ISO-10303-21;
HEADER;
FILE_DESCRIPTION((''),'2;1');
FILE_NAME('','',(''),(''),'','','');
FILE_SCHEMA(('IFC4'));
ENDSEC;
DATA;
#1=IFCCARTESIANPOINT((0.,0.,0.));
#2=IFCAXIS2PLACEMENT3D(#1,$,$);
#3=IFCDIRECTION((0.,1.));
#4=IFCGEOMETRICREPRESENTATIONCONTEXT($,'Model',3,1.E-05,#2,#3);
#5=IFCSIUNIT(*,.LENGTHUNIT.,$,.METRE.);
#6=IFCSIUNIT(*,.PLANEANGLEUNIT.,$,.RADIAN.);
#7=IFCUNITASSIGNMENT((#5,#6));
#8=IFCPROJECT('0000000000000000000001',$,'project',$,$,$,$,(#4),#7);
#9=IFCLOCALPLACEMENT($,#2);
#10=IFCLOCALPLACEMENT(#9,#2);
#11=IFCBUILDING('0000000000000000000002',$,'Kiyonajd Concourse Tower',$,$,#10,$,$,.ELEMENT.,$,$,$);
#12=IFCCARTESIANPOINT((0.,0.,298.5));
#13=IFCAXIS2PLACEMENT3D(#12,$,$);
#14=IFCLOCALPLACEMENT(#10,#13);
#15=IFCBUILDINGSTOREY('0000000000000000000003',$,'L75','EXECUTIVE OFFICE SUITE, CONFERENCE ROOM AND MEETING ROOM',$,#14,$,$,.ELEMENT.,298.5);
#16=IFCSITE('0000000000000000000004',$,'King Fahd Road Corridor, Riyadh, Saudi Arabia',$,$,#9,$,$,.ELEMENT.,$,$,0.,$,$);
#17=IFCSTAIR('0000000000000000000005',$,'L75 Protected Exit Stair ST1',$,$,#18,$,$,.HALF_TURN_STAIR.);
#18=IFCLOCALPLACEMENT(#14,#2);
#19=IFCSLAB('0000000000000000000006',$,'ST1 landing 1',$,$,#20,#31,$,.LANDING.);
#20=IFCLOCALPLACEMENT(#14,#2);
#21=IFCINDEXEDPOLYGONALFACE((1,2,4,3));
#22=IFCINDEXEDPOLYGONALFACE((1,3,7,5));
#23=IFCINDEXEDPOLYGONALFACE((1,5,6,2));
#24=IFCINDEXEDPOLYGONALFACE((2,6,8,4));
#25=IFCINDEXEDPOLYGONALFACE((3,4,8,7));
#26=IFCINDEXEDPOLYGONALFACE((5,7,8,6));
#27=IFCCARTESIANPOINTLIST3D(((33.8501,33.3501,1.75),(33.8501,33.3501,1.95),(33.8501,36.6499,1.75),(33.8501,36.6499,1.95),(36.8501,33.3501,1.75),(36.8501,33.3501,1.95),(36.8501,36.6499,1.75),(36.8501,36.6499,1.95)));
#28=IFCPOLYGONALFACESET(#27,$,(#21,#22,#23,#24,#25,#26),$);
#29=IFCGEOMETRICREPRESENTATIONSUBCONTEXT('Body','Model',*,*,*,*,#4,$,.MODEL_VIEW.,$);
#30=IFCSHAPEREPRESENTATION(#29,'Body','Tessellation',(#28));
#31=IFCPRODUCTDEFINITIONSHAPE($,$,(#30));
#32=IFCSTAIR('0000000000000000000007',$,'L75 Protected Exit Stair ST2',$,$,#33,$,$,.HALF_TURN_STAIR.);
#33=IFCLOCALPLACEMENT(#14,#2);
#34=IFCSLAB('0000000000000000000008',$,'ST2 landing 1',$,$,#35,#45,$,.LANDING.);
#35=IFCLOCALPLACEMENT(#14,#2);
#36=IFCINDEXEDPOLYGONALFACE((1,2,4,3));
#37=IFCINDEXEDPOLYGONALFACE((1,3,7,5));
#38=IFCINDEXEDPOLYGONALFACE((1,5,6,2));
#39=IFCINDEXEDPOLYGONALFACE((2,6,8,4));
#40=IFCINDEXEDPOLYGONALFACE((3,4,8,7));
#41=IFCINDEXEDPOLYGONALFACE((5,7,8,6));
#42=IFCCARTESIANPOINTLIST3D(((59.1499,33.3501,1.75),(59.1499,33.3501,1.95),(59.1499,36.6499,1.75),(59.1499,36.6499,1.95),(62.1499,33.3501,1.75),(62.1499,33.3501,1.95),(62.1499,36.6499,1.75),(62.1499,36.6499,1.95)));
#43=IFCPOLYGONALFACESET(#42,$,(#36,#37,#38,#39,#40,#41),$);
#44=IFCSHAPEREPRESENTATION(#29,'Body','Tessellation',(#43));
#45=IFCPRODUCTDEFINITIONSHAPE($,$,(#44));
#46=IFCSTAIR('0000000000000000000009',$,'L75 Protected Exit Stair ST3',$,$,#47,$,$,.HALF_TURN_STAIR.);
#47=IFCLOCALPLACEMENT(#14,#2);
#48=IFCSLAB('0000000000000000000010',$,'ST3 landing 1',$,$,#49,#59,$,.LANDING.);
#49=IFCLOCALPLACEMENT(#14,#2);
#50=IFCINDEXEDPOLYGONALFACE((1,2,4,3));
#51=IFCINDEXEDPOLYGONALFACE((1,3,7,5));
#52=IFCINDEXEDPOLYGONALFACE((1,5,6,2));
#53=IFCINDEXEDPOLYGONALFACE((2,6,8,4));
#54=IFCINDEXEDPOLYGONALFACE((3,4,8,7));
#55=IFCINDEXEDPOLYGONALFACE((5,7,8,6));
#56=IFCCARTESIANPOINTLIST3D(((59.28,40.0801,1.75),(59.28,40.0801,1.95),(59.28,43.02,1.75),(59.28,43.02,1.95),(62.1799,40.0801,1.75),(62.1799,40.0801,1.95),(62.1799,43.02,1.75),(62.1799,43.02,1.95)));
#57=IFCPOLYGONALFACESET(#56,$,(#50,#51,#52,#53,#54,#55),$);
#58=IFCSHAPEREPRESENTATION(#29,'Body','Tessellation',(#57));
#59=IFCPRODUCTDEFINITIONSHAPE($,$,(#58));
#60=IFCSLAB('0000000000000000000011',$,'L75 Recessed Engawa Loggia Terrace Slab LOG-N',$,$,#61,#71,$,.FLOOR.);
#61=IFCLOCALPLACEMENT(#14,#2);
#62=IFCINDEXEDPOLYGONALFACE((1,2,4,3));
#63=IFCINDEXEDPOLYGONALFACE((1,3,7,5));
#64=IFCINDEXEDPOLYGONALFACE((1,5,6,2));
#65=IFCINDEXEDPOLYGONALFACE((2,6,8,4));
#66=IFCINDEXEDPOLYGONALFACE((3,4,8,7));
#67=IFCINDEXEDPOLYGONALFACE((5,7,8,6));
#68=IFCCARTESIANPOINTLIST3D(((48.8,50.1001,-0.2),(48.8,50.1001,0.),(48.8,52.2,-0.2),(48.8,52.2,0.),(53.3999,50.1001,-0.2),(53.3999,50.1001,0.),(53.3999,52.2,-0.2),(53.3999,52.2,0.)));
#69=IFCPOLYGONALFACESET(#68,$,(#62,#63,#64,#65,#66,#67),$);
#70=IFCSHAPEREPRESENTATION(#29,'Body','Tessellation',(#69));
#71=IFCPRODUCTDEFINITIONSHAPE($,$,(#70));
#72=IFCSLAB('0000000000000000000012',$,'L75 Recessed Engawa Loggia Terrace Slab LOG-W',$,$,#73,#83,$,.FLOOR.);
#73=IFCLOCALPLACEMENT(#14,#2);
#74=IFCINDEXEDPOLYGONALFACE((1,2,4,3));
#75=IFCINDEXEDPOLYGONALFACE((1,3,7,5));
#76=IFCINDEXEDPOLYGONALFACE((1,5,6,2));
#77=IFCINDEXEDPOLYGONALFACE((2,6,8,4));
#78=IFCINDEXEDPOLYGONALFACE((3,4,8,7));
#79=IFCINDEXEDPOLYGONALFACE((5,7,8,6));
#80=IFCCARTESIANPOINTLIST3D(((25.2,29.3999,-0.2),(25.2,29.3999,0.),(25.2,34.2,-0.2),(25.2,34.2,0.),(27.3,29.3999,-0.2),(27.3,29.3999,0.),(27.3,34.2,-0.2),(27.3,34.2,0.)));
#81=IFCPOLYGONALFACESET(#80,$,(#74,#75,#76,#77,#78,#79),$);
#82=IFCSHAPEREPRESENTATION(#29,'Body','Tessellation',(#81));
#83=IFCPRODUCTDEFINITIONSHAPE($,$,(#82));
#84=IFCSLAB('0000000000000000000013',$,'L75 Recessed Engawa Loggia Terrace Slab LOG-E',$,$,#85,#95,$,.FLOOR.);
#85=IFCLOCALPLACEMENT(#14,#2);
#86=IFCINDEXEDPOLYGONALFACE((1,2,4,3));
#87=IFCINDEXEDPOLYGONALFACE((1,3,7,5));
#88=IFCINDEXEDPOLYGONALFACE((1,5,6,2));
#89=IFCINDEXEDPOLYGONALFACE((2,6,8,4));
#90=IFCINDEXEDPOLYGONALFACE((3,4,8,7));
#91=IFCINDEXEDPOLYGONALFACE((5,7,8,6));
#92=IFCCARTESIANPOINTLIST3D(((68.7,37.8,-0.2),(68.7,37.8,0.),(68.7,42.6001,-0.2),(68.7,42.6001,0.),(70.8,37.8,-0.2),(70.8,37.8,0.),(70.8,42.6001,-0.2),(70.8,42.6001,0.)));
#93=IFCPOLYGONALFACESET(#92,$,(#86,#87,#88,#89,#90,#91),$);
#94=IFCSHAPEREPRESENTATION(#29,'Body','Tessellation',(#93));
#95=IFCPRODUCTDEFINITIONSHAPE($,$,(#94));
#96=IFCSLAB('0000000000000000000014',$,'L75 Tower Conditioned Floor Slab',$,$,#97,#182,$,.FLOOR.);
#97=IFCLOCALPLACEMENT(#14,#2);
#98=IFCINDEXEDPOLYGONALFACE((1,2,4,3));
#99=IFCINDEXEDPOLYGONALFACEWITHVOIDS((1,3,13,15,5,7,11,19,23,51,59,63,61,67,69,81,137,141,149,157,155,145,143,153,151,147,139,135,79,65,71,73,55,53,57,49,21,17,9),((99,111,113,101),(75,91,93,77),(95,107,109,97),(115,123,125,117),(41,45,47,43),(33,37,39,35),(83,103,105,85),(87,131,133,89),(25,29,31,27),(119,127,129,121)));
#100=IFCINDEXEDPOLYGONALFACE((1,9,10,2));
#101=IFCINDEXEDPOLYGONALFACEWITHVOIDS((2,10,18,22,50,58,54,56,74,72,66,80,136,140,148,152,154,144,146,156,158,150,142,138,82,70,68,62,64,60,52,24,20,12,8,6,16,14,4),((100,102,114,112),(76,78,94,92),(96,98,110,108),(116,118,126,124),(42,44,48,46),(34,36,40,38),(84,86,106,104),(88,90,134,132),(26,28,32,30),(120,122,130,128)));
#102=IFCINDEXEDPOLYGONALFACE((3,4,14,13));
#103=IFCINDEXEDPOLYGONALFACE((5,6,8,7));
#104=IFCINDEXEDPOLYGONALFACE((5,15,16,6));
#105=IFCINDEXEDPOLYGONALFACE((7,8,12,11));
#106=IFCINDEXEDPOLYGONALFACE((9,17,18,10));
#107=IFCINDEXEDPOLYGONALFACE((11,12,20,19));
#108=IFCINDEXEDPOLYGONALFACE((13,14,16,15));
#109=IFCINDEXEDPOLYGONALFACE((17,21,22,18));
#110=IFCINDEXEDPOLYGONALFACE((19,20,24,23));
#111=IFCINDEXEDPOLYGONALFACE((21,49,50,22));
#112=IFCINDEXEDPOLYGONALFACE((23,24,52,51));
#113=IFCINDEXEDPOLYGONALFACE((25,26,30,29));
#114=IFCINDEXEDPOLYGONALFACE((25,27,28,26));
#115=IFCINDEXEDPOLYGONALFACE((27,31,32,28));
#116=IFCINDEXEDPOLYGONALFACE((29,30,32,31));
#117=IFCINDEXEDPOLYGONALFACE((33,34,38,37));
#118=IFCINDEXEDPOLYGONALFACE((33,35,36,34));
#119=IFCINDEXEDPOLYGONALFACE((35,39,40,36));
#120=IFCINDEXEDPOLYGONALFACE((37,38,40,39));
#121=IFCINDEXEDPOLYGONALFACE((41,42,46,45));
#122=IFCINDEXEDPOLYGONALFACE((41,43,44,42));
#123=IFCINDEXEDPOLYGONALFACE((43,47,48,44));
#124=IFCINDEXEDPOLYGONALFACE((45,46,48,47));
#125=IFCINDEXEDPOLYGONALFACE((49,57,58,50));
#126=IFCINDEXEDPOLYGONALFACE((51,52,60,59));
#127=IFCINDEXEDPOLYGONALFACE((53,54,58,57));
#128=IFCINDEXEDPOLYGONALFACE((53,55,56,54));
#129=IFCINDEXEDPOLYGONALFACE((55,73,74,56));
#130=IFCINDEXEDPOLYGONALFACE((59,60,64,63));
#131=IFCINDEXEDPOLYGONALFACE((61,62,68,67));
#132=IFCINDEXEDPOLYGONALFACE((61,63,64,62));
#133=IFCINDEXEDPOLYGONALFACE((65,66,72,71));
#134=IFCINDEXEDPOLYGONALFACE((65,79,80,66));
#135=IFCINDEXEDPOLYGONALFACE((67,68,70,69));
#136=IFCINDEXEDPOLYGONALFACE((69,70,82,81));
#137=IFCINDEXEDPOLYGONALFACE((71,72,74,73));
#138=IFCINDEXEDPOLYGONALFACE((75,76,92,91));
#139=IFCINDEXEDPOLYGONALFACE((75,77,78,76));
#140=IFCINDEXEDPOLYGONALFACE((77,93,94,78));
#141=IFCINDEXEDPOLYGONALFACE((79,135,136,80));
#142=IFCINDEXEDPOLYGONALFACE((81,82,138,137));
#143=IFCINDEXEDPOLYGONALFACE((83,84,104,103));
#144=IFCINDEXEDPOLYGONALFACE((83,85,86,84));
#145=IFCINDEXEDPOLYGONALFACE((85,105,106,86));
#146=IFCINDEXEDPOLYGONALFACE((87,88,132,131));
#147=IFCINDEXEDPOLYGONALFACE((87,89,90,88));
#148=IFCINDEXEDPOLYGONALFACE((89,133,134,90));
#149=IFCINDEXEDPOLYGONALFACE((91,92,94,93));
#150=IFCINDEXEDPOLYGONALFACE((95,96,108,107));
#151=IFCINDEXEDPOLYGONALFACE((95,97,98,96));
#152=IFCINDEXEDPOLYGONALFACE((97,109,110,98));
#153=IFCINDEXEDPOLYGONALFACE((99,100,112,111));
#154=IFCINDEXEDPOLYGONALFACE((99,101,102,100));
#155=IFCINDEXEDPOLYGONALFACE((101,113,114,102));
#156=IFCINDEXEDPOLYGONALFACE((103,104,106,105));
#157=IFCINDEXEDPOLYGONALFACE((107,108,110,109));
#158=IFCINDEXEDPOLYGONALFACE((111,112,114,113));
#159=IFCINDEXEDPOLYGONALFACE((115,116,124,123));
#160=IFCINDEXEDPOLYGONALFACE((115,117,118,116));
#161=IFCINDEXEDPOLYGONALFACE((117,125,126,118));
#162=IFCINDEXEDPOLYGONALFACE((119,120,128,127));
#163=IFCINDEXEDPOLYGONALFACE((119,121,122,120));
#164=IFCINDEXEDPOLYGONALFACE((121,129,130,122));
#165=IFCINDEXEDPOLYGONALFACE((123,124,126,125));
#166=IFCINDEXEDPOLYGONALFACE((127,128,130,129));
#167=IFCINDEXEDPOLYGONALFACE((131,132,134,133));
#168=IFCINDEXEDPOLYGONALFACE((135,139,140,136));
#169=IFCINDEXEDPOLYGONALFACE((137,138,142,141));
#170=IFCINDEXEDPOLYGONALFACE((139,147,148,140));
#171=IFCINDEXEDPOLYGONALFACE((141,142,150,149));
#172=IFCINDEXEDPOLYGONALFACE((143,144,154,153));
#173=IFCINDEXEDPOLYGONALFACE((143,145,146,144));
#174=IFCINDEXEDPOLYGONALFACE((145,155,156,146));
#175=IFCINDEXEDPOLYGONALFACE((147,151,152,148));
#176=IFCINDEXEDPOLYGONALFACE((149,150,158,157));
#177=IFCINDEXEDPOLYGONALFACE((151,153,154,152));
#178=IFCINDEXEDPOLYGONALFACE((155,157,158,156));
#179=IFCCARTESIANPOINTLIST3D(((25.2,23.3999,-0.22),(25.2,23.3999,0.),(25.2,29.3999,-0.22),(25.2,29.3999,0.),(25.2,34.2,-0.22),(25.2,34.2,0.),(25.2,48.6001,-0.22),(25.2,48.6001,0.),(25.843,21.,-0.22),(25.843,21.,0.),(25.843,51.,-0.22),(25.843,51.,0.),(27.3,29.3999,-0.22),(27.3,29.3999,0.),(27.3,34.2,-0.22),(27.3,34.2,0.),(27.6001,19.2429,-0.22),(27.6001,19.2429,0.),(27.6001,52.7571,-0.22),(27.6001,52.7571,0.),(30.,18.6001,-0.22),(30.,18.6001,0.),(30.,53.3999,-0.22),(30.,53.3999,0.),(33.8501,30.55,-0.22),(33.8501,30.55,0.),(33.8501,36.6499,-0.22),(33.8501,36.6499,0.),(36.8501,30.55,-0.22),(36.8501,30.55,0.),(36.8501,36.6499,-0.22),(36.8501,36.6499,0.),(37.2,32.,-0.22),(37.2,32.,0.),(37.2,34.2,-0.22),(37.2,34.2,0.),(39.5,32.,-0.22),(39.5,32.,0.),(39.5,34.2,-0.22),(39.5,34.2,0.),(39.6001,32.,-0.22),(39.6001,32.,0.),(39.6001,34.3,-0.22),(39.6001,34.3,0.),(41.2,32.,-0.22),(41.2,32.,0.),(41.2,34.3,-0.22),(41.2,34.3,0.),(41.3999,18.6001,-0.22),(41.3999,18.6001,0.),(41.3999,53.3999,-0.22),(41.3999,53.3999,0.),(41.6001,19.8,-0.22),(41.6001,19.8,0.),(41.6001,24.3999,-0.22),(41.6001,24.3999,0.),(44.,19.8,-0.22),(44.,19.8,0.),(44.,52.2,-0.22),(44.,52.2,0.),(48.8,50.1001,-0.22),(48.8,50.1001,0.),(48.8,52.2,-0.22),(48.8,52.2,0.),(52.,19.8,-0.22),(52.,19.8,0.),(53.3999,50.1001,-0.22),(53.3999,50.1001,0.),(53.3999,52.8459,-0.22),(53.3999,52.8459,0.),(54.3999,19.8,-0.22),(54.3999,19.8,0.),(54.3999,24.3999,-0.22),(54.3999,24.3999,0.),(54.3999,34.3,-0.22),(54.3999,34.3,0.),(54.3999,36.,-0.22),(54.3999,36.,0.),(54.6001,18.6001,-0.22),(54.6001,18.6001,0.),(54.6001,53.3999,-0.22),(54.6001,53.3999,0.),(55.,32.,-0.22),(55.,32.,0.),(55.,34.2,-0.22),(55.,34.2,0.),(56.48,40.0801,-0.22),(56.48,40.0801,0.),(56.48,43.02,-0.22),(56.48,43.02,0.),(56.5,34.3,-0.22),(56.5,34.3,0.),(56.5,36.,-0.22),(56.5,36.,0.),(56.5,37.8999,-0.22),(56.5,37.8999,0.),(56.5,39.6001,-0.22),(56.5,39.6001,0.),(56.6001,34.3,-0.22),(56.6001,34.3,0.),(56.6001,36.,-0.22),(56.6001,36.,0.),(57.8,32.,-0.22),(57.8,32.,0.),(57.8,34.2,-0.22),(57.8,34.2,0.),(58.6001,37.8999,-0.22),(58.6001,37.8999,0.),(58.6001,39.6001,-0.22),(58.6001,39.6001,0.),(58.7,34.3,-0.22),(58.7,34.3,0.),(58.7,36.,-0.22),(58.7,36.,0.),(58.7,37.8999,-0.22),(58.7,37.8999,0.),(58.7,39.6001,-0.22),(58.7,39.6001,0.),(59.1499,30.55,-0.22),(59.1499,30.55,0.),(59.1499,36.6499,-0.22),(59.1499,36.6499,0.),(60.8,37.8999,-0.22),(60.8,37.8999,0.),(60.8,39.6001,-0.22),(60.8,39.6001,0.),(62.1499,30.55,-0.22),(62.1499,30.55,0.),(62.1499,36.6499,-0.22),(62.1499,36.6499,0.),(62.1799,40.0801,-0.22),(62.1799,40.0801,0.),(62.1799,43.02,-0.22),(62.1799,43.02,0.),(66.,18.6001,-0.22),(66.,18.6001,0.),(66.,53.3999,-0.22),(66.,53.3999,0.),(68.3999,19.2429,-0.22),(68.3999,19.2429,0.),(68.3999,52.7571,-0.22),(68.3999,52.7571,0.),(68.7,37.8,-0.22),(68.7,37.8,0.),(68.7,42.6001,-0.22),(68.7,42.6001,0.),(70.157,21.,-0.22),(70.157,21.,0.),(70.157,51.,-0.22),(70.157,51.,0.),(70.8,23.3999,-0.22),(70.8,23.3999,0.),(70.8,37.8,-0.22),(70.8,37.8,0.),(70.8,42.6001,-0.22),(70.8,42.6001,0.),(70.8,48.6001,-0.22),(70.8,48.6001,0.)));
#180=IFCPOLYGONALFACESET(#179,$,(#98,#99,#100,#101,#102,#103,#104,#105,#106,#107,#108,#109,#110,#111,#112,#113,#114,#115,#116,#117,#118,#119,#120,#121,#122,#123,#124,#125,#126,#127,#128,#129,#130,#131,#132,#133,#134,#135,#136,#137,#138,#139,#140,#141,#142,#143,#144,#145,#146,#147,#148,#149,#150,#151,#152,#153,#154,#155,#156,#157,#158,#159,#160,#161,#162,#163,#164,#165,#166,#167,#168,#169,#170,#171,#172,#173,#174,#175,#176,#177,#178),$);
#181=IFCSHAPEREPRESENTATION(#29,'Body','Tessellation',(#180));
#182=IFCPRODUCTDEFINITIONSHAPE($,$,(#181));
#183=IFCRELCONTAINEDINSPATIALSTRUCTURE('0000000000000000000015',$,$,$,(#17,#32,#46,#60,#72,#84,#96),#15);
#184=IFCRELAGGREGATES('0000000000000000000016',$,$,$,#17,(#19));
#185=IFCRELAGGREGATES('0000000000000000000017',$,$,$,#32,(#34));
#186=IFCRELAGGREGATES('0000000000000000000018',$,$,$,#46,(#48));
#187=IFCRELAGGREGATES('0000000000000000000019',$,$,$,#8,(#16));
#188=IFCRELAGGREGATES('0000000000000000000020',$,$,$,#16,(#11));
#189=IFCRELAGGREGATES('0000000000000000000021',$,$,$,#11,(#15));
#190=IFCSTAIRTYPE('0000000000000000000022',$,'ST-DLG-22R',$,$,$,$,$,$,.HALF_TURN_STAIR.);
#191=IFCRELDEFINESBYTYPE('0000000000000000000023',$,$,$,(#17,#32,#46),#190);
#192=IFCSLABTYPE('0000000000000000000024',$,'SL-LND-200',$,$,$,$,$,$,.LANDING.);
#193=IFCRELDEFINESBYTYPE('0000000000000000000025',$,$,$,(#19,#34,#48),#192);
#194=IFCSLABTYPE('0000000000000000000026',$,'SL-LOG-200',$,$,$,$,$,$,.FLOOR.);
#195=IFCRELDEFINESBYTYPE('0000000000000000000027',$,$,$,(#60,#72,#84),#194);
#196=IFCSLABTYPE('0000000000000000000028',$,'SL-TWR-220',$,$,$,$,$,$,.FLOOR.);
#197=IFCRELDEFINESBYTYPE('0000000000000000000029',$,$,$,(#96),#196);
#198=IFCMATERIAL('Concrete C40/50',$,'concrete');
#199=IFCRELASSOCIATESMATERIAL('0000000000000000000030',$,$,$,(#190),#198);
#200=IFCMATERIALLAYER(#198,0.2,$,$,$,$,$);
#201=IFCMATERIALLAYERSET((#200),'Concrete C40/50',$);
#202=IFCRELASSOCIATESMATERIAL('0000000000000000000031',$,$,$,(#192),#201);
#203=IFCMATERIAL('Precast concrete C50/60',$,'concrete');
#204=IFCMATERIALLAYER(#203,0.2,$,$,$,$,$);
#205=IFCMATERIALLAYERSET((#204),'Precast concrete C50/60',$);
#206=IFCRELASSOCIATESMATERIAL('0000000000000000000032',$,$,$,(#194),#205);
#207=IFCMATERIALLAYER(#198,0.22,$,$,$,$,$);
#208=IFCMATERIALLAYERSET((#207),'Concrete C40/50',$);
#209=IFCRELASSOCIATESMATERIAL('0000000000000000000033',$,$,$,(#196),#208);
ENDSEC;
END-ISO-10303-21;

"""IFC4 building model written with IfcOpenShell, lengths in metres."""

from ifc_helpers import new_model, si_unit, direction, frame, origin, place, context, subcontext, project, spatial, polyline, outline, extrude, material, layer, layer_set, type_object, element, aggregate, save


model = new_model("IFC4")

# Units and contexts
model_context = context("Model", 3, precision=1e-05, world=origin(), true_north=direction((0.0, 1.0)))
body_context = subcontext(model_context, "Body", "Model", "MODEL_VIEW")
ifc_project = project(units=[si_unit("LENGTHUNIT", "METRE"), si_unit("PLANEANGLEUNIT", "RADIAN")], contexts=[model_context])

# Site, building, storey
site_placement = place(None, origin())
site = spatial("IfcSite", under=ifc_project, at=site_placement, Name="King Fahd Road Corridor, Riyadh, Saudi Arabia", CompositionType="ELEMENT", RefElevation=0.0)
building_placement = place(site_placement, origin())
building = spatial("IfcBuilding", under=site, at=building_placement, Name="Kiyonajd Concourse Tower", CompositionType="ELEMENT")
storey_placement = place(building_placement, frame((0.0, 0.0, 298.5)))
storey = spatial("IfcBuildingStorey", under=building, at=storey_placement, Name="L75", Description="EXECUTIVE OFFICE SUITE, CONFERENCE ROOM AND MEETING ROOM", CompositionType="ELEMENT", Elevation=298.5)

# Stairs, slabs
ifc_material_1 = material(Name="Concrete C40/50", Category="concrete")
stair_type = type_object("IfcStairType", Name="ST-DLG-22R", PredefinedType="HALF_TURN_STAIR", material=ifc_material_1)
stair_1_placement = place(storey_placement, origin())
stair_1 = element("IfcStair", 1, at=stair_1_placement, inside=storey, type_object=stair_type, Name="L75 Protected Exit Stair ST1", PredefinedType="HALF_TURN_STAIR")
ifc_layer_1 = layer(ifc_material_1, 0.2)
ifc_layer_set_1 = layer_set([ifc_layer_1], Name="Concrete C40/50")
slab_type_1 = type_object("IfcSlabType", Name="SL-LND-200", PredefinedType="LANDING", material=ifc_layer_set_1)
slab_1_placement = place(storey_placement, frame((0.0, 0.0, 1.75)))
slab_1 = element("IfcSlab", 2, at=slab_1_placement, type_object=slab_type_1, Name="ST1 landing 1", PredefinedType="LANDING", context=body_context, shape_type="SweptSolid", body=[
    extrude(outline(polyline([(36.8501, 33.3501), (36.8501, 36.6499), (33.8501, 36.6499), (33.8501, 33.3501), (36.8501, 33.3501)])), origin(), (0.0, 0.0, 1.0), 0.2),
])
aggregate(stair_1, [slab_1])
stair_2_placement = place(storey_placement, origin())
stair_2 = element("IfcStair", 3, at=stair_2_placement, inside=storey, type_object=stair_type, Name="L75 Protected Exit Stair ST2", PredefinedType="HALF_TURN_STAIR")
slab_2_placement = place(storey_placement, frame((0.0, 0.0, 1.75)))
slab_2 = element("IfcSlab", 4, at=slab_2_placement, type_object=slab_type_1, Name="ST2 landing 1", PredefinedType="LANDING", context=body_context, shape_type="SweptSolid", body=[
    extrude(outline(polyline([(62.1499, 33.3501), (62.1499, 36.6499), (59.1499, 36.6499), (59.1499, 33.3501), (62.1499, 33.3501)])), origin(), (0.0, 0.0, 1.0), 0.2),
])
aggregate(stair_2, [slab_2])
stair_3_placement = place(storey_placement, origin())
stair_3 = element("IfcStair", 5, at=stair_3_placement, inside=storey, type_object=stair_type, Name="L75 Protected Exit Stair ST3", PredefinedType="HALF_TURN_STAIR")
slab_3_placement = place(storey_placement, frame((0.0, 0.0, 1.75)))
slab_3 = element("IfcSlab", 6, at=slab_3_placement, type_object=slab_type_1, Name="ST3 landing 1", PredefinedType="LANDING", context=body_context, shape_type="SweptSolid", body=[
    extrude(outline(polyline([(59.28, 40.0801), (62.1799, 40.0801), (62.1799, 43.02), (59.28, 43.02), (59.28, 40.0801)])), origin(), (0.0, 0.0, 1.0), 0.2),
])
aggregate(stair_3, [slab_3])

# Slabs
ifc_material_2 = material(Name="Precast concrete C50/60", Category="concrete")
ifc_layer_2 = layer(ifc_material_2, 0.2)
ifc_layer_set_2 = layer_set([ifc_layer_2], Name="Precast concrete C50/60")
slab_type_2 = type_object("IfcSlabType", Name="SL-LOG-200", PredefinedType="FLOOR", material=ifc_layer_set_2)
slab_4_placement = place(storey_placement, frame((0.0, 0.0, -0.2)))
element("IfcSlab", 7, at=slab_4_placement, inside=storey, type_object=slab_type_2, Name="L75 Recessed Engawa Loggia Terrace Slab LOG-N", PredefinedType="FLOOR", context=body_context, shape_type="SweptSolid", body=[
    extrude(outline(polyline([(48.8, 50.1001), (53.3999, 50.1001), (53.3999, 52.2), (48.8, 52.2), (48.8, 50.1001)])), origin(), (0.0, 0.0, 1.0), 0.2),
])
slab_5_placement = place(storey_placement, frame((0.0, 0.0, -0.2)))
element("IfcSlab", 8, at=slab_5_placement, inside=storey, type_object=slab_type_2, Name="L75 Recessed Engawa Loggia Terrace Slab LOG-W", PredefinedType="FLOOR", context=body_context, shape_type="SweptSolid", body=[
    extrude(outline(polyline([(25.2, 29.3999), (27.3, 29.3999), (27.3, 34.2), (25.2, 34.2), (25.2, 29.3999)])), origin(), (0.0, 0.0, 1.0), 0.2),
])
slab_6_placement = place(storey_placement, frame((0.0, 0.0, -0.2)))
element("IfcSlab", 9, at=slab_6_placement, inside=storey, type_object=slab_type_2, Name="L75 Recessed Engawa Loggia Terrace Slab LOG-E", PredefinedType="FLOOR", context=body_context, shape_type="SweptSolid", body=[
    extrude(outline(polyline([(68.7, 37.8), (70.8, 37.8), (70.8, 42.6001), (68.7, 42.6001), (68.7, 37.8)])), origin(), (0.0, 0.0, 1.0), 0.2),
])
ifc_layer_3 = layer(ifc_material_1, 0.22)
ifc_layer_set_3 = layer_set([ifc_layer_3], Name="Concrete C40/50")
slab_type_3 = type_object("IfcSlabType", Name="SL-TWR-220", PredefinedType="FLOOR", material=ifc_layer_set_3)
slab_7_placement = place(storey_placement, frame((0.0, 0.0, -0.22)))
element("IfcSlab", 10, at=slab_7_placement, inside=storey, type_object=slab_type_3, Name="L75 Tower Conditioned Floor Slab", PredefinedType="FLOOR", context=body_context, shape_type="SweptSolid", body=[
    extrude(outline(polyline([(70.157, 51.0), (70.8, 48.6001), (70.8, 42.6001), (68.7, 42.6001), (68.7, 37.8), (70.8, 37.8), (70.8, 23.3999), (70.157, 21.0), (68.3999, 19.2429), (66.0, 18.6001), (54.6001, 18.6001), (52.0, 19.8), (54.3999, 19.8), (54.3999, 24.3999), (41.6001, 24.3999), (41.6001, 19.8), (44.0, 19.8), (41.3999, 18.6001), (30.0, 18.6001), (27.6001, 19.2429), (25.843, 21.0), (25.2, 23.3999), (25.2, 29.3999), (27.3, 29.3999), (27.3, 34.2), (25.2, 34.2), (25.2, 48.6001), (25.843, 51.0), (27.6001, 52.7571), (30.0, 53.3999), (41.3999, 53.3999), (44.0, 52.2), (48.8, 52.2), (48.8, 50.1001), (53.3999, 50.1001), (53.3999, 52.8459), (54.6001, 53.3999), (66.0, 53.3999), (68.3999, 52.7571), (70.157, 51.0)]), holes=[polyline([(39.5, 32.0), (37.2, 32.0), (37.2, 34.2), (39.5, 34.2), (39.5, 32.0)]), polyline([(57.8, 32.0), (55.0, 32.0), (55.0, 34.2), (57.8, 34.2), (57.8, 32.0)]), polyline([(41.2, 32.0), (39.6001, 32.0), (39.6001, 34.3), (41.2, 34.3), (41.2, 32.0)]), polyline([(33.8501, 30.55), (33.8501, 36.6499), (36.8501, 36.6499), (36.8501, 30.55), (33.8501, 30.55)]), polyline([(59.1499, 30.55), (59.1499, 36.6499), (62.1499, 36.6499), (62.1499, 30.55), (59.1499, 30.55)]), polyline([(56.5, 34.3), (54.3999, 34.3), (54.3999, 36.0), (56.5, 36.0), (56.5, 34.3)]), polyline([(58.7, 34.3), (56.6001, 34.3), (56.6001, 36.0), (58.7, 36.0), (58.7, 34.3)]), polyline([(58.6001, 37.8999), (56.5, 37.8999), (56.5, 39.6001), (58.6001, 39.6001), (58.6001, 37.8999)]), polyline([(58.7, 37.8999), (58.7, 39.6001), (60.8, 39.6001), (60.8, 37.8999), (58.7, 37.8999)]), polyline([(56.48, 43.02), (62.1799, 43.02), (62.1799, 40.0801), (56.48, 40.0801), (56.48, 43.02)])]), origin(), (0.0, 0.0, 1.0), 0.22),
])

save(model, "model.ifc")
